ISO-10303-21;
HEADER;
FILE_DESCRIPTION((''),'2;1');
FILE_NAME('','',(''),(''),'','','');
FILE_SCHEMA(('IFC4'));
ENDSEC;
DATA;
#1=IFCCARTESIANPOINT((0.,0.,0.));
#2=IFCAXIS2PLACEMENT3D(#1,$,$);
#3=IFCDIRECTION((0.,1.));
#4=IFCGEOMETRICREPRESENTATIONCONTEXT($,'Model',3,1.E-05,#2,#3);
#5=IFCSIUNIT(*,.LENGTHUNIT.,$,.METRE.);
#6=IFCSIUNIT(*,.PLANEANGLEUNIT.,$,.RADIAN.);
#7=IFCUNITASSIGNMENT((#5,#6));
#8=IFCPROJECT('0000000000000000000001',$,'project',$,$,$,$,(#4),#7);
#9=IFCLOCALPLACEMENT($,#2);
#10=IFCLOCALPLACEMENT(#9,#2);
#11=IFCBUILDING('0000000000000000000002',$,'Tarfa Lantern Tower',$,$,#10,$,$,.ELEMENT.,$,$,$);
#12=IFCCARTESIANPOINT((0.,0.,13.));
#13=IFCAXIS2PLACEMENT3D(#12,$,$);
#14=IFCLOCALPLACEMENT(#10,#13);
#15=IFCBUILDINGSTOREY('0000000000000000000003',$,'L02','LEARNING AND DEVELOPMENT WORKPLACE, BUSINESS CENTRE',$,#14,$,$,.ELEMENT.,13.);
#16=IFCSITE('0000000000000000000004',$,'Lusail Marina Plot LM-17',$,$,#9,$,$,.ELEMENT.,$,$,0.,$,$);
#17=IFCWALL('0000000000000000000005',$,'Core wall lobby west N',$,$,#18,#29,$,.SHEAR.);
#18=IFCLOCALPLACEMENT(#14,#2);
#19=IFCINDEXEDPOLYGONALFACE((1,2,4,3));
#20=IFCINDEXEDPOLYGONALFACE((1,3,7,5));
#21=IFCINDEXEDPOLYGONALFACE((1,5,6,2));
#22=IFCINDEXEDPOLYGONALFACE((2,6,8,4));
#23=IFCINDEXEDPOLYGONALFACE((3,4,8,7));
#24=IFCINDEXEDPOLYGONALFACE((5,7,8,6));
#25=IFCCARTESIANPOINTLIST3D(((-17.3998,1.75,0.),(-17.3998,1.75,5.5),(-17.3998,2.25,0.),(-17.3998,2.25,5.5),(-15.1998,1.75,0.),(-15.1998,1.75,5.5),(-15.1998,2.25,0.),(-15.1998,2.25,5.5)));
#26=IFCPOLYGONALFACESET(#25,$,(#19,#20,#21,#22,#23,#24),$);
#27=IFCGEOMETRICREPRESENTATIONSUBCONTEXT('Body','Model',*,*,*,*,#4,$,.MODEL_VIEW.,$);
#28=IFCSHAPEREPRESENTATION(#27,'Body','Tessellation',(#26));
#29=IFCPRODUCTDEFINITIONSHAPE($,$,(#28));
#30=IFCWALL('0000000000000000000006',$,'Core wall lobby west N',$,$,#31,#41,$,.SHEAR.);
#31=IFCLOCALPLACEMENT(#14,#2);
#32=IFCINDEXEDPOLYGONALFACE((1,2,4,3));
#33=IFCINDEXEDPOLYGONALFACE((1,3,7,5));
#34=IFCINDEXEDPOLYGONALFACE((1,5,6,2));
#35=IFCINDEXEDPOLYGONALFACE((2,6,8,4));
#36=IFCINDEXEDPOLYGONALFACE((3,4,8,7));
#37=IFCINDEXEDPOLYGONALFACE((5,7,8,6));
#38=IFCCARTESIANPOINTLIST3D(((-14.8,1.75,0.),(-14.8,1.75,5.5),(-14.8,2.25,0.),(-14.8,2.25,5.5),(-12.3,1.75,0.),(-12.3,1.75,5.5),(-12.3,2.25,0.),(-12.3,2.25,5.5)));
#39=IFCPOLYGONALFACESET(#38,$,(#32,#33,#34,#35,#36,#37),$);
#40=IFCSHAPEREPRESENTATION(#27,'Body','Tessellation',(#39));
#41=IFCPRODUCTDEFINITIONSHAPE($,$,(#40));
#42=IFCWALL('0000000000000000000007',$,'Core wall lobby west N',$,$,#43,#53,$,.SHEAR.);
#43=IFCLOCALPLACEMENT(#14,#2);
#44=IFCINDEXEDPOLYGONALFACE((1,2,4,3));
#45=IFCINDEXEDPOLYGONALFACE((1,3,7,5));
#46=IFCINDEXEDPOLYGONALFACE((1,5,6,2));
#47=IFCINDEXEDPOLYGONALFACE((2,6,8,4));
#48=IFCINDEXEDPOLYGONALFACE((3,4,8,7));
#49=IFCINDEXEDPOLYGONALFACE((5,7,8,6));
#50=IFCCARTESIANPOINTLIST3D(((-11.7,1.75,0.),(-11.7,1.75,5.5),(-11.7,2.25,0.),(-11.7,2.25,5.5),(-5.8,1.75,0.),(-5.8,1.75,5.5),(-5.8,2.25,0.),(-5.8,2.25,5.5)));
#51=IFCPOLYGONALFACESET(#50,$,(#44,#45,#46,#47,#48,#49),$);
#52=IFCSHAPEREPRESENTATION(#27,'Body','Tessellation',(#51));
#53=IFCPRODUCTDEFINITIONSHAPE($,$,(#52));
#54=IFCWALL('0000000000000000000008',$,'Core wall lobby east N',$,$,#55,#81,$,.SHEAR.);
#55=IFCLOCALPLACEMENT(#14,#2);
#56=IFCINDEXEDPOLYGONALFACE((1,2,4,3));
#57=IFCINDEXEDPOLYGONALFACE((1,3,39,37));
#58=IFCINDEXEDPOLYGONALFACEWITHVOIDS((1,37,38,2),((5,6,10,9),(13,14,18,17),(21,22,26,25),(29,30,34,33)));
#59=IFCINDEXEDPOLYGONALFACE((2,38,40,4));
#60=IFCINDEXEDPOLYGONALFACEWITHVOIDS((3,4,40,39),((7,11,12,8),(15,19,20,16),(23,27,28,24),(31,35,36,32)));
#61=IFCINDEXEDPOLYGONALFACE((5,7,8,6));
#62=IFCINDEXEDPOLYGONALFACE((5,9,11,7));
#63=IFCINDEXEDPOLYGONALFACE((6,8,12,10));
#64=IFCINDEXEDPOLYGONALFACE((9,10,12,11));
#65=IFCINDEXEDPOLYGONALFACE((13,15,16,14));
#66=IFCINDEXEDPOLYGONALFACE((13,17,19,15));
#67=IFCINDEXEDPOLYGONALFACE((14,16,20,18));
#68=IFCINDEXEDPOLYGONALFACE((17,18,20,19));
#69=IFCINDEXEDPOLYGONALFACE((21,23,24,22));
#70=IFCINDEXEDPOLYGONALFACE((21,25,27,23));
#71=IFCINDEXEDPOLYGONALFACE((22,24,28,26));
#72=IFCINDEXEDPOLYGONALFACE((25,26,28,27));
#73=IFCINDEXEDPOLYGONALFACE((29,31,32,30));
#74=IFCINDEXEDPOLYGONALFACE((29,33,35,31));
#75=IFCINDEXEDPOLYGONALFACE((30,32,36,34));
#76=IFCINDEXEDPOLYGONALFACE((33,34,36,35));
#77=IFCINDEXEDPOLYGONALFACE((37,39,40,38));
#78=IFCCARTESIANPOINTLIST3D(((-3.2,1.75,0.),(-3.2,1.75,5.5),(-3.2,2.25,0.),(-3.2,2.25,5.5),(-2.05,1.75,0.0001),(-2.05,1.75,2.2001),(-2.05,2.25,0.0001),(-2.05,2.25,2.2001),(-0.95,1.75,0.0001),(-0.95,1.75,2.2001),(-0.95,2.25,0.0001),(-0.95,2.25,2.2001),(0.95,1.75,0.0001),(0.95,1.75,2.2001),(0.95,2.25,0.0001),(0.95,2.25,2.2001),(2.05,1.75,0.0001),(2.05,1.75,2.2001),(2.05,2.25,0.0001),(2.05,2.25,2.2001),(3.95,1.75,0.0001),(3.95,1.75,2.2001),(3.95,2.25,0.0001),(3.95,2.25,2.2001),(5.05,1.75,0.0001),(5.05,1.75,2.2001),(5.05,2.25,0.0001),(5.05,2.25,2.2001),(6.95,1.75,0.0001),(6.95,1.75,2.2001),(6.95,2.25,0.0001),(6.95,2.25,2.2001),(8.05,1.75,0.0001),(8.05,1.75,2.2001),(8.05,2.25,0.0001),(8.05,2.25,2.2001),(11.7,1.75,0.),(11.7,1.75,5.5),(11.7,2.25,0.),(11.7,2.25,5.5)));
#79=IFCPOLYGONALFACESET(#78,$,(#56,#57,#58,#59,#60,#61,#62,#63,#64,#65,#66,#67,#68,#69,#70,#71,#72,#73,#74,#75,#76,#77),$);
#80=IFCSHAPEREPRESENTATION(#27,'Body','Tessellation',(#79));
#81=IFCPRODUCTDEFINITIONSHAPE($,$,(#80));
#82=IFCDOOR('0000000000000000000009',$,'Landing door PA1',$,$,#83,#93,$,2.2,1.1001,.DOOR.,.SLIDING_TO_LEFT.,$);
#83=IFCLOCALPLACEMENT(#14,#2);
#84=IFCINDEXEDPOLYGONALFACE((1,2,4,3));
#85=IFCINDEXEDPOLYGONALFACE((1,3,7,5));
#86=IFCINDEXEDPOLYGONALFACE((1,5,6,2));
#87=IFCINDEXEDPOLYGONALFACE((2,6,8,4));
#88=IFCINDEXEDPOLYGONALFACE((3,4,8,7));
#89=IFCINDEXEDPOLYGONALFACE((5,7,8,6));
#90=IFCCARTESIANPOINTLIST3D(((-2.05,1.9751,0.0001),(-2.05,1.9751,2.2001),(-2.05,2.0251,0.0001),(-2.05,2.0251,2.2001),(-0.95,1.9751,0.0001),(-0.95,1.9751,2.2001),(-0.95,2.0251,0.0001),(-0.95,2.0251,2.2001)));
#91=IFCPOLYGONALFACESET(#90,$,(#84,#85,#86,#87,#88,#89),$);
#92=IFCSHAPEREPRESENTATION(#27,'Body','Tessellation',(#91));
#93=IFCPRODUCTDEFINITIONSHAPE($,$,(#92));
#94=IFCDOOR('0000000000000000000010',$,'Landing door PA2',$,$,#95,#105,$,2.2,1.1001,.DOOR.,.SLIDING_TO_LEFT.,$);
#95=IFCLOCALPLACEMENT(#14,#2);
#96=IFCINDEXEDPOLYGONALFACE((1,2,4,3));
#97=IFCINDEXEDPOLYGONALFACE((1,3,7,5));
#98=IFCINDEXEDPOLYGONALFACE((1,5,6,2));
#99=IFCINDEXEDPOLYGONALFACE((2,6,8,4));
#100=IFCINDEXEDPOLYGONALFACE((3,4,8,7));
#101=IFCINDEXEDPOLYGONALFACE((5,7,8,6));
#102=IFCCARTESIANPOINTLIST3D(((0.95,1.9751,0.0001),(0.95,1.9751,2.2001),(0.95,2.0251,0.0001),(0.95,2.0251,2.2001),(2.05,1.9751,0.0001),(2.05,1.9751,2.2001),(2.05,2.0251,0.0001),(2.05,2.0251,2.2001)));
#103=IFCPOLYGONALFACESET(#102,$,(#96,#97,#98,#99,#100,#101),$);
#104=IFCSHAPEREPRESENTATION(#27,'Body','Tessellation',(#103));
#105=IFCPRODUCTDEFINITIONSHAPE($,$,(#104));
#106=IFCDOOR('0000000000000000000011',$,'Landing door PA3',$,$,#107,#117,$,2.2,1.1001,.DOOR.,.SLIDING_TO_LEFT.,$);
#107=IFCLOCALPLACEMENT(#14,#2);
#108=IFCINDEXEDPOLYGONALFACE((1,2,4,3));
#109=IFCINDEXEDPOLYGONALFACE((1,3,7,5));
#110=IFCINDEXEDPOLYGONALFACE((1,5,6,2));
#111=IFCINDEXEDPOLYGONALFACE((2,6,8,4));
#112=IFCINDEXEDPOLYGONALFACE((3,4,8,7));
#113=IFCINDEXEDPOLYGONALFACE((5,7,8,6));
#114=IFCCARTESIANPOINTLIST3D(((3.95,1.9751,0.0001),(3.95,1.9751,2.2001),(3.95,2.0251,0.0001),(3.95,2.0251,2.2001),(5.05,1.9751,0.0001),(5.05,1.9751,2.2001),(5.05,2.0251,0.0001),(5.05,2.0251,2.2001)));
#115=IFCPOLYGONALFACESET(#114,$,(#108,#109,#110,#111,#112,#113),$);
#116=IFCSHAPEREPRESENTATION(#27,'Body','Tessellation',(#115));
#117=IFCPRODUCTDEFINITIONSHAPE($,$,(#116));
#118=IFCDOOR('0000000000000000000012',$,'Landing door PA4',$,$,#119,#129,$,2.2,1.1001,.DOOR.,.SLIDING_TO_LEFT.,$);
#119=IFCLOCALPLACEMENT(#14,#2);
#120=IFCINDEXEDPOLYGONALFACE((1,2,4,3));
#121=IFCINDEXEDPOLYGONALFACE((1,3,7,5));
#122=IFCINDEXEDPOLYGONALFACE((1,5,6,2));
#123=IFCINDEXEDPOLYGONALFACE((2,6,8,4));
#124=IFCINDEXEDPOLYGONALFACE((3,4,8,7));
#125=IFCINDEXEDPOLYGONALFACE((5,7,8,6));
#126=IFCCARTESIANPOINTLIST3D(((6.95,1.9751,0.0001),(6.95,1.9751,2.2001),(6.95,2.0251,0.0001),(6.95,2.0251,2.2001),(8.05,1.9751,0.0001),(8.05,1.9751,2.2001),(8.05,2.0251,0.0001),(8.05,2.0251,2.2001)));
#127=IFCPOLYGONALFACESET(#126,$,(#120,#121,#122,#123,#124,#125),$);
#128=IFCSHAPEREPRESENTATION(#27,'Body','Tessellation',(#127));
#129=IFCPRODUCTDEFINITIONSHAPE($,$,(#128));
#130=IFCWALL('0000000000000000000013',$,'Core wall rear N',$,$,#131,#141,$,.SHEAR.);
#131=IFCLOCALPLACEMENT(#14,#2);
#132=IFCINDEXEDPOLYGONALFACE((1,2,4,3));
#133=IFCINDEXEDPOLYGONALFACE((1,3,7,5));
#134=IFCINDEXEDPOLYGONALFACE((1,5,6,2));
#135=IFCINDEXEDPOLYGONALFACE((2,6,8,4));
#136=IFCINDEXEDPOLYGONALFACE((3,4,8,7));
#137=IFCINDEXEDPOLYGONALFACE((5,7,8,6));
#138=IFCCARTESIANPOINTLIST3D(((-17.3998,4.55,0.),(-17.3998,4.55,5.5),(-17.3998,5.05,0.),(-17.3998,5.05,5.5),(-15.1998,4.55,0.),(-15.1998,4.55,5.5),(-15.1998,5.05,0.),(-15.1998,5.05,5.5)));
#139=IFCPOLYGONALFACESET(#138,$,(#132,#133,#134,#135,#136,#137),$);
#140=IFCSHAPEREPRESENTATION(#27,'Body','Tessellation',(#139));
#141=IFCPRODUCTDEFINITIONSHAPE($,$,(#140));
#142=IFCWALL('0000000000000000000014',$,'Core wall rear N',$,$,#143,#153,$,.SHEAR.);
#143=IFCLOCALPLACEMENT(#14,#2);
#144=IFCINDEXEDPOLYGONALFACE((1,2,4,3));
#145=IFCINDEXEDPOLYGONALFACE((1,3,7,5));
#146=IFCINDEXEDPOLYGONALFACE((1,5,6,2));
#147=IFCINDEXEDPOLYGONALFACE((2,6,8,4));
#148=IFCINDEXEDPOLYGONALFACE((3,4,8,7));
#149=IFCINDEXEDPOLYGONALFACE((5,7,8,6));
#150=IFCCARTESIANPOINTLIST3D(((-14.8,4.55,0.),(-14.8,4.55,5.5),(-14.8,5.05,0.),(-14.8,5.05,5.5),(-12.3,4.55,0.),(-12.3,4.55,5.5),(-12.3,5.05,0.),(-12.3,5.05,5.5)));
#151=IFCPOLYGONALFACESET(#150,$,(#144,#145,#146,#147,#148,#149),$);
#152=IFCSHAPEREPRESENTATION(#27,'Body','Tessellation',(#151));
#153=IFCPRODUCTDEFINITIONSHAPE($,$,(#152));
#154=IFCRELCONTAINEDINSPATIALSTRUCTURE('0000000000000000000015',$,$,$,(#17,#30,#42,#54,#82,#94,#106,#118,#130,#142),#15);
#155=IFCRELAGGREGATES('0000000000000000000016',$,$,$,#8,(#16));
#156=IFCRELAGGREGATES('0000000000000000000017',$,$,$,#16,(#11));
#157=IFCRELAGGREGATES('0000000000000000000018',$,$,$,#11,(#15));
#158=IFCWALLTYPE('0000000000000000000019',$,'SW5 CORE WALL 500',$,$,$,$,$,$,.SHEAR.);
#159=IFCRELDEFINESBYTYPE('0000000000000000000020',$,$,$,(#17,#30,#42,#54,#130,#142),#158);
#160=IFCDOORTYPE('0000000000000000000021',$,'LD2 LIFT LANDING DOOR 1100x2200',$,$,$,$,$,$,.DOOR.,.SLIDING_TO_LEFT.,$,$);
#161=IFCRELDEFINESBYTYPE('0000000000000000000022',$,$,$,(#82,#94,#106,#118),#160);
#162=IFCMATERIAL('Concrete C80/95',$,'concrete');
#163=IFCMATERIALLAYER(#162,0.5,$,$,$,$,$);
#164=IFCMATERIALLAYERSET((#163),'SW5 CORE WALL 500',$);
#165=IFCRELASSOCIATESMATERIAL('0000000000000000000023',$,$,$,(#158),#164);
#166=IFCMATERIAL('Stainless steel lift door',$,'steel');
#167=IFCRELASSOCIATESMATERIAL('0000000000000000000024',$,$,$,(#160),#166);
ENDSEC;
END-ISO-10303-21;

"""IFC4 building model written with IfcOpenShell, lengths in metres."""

from ifc_helpers import new_model, si_unit, direction, frame, frame_2d, origin, place, context, subcontext, project, spatial, rectangle, extrude, material, layer, layer_set, type_object, element, fill, save


model = new_model("IFC4")

# Units and contexts
model_context = context("Model", 3, precision=1e-05, world=origin(), true_north=direction((0.0, 1.0)))
body_context = subcontext(model_context, "Body", "Model", "MODEL_VIEW")
ifc_project = project(units=[si_unit("LENGTHUNIT", "METRE"), si_unit("PLANEANGLEUNIT", "RADIAN")], contexts=[model_context])

# Site, building, storey
site_placement = place(None, origin())
site = spatial("IfcSite", under=ifc_project, at=site_placement, Name="Lusail Marina Plot LM-17", CompositionType="ELEMENT", RefElevation=0.0)
building_placement = place(site_placement, origin())
building = spatial("IfcBuilding", under=site, at=building_placement, Name="Tarfa Lantern Tower", CompositionType="ELEMENT")
storey_placement = place(building_placement, frame((0.0, 0.0, 13.0)))
storey = spatial("IfcBuildingStorey", under=building, at=storey_placement, Name="L02", Description="LEARNING AND DEVELOPMENT WORKPLACE, BUSINESS CENTRE", CompositionType="ELEMENT", Elevation=13.0)

# Walls
ifc_material_1 = material(Name="Concrete C80/95", Category="concrete")
ifc_layer_1 = layer(ifc_material_1, 0.5)
ifc_layer_set_1 = layer_set([ifc_layer_1], Name="SW5 CORE WALL 500")
wall_type_1 = type_object("IfcWallType", Name="SW5 CORE WALL 500", PredefinedType="SHEAR", material=ifc_layer_set_1)
wall_1_placement = place(storey_placement, frame((-17.3999, 2.0, 0.0), z_axis=(0.0, 0.0, 1.0), x_axis=(1.0, 0.0, 0.0)))
element("IfcWall", 1, at=wall_1_placement, inside=storey, type_object=wall_type_1, Name="Core wall lobby west N", PredefinedType="SHEAR", context=body_context, shape_type="SweptSolid", body=[
    extrude(rectangle(XDim=2.2, YDim=0.5, at=frame_2d((1.1001, 0.0))), origin(), (0.0, 0.0, 1.0), 5.5),
])
wall_2_placement = place(storey_placement, frame((-14.8, 2.0, 0.0), z_axis=(0.0, 0.0, 1.0), x_axis=(1.0, 0.0, 0.0)))
element("IfcWall", 2, at=wall_2_placement, inside=storey, type_object=wall_type_1, Name="Core wall lobby west N", PredefinedType="SHEAR", context=body_context, shape_type="SweptSolid", body=[
    extrude(rectangle(XDim=2.5, YDim=0.5, at=frame_2d((1.25, 0.0))), origin(), (0.0, 0.0, 1.0), 5.5),
])
wall_3_placement = place(storey_placement, frame((-11.7, 2.0, 0.0), z_axis=(0.0, 0.0, 1.0), x_axis=(1.0, 0.0, 0.0)))
element("IfcWall", 3, at=wall_3_placement, inside=storey, type_object=wall_type_1, Name="Core wall lobby west N", PredefinedType="SHEAR", context=body_context, shape_type="SweptSolid", body=[
    extrude(rectangle(XDim=5.8999, YDim=0.5, at=frame_2d((2.95, 0.0))), origin(), (0.0, 0.0, 1.0), 5.5),
])

# Wall, openings, doors
wall_4_placement = place(storey_placement, frame((-3.2, 2.0, 0.0), z_axis=(0.0, 0.0, 1.0), x_axis=(1.0, 0.0, 0.0)))
wall_4 = element("IfcWall", 4, at=wall_4_placement, inside=storey, type_object=wall_type_1, Name="Core wall lobby east N", PredefinedType="SHEAR", context=body_context, shape_type="SweptSolid", body=[
    extrude(rectangle(XDim=14.8999, YDim=0.5, at=frame_2d((7.45, 0.0))), origin(), (0.0, 0.0, 1.0), 5.5),
])
opening_1_placement = place(wall_4_placement, frame((1.1499, 0.0, 0.0)))
opening_1 = element("IfcOpeningElement", 5, at=opening_1_placement, cuts=wall_4, PredefinedType="OPENING", context=body_context, shape_type="SweptSolid", body=[
    extrude(rectangle(XDim=1.1001, YDim=2.2, at=frame_2d((0.55, 1.1001))), frame((0.0, 0.26, 0.0), z_axis=(0.0, -1.0, 0.0), x_axis=(1.0, 0.0, 0.0)), (0.0, 0.0, 1.0), 0.52),
])
opening_2_placement = place(wall_4_placement, frame((4.1499, 0.0, 0.0)))
opening_2 = element("IfcOpeningElement", 6, at=opening_2_placement, cuts=wall_4, PredefinedType="OPENING", context=body_context, shape_type="SweptSolid", body=[
    extrude(rectangle(XDim=1.1001, YDim=2.2, at=frame_2d((0.55, 1.1001))), frame((0.0, 0.26, 0.0), z_axis=(0.0, -1.0, 0.0), x_axis=(1.0, 0.0, 0.0)), (0.0, 0.0, 1.0), 0.52),
])
opening_3_placement = place(wall_4_placement, frame((7.1499, 0.0, 0.0)))
opening_3 = element("IfcOpeningElement", 7, at=opening_3_placement, cuts=wall_4, PredefinedType="OPENING", context=body_context, shape_type="SweptSolid", body=[
    extrude(rectangle(XDim=1.1001, YDim=2.2, at=frame_2d((0.55, 1.1001))), frame((0.0, 0.26, 0.0), z_axis=(0.0, -1.0, 0.0), x_axis=(1.0, 0.0, 0.0)), (0.0, 0.0, 1.0), 0.52),
])
opening_4_placement = place(wall_4_placement, frame((10.1499, 0.0, 0.0)))
opening_4 = element("IfcOpeningElement", 8, at=opening_4_placement, cuts=wall_4, PredefinedType="OPENING", context=body_context, shape_type="SweptSolid", body=[
    extrude(rectangle(XDim=1.1001, YDim=2.2, at=frame_2d((0.55, 1.1001))), frame((0.0, 0.26, 0.0), z_axis=(0.0, -1.0, 0.0), x_axis=(1.0, 0.0, 0.0)), (0.0, 0.0, 1.0), 0.52),
])
ifc_material_2 = material(Name="Stainless steel lift door", Category="steel")
door_type_1 = type_object("IfcDoorType", Name="LD2 LIFT LANDING DOOR 1100x2200", OperationType="SLIDING_TO_LEFT", PredefinedType="DOOR", material=ifc_material_2)
door_1_placement = place(opening_1_placement, frame((1.1001, 0.0, 0.0), z_axis=(0.0, 0.0, 1.0), x_axis=(-1.0, 0.0, 0.0)))
door_1 = element("IfcDoor", 9, at=door_1_placement, inside=storey, type_object=door_type_1, Name="Landing door PA1", OperationType="SLIDING_TO_LEFT", OverallHeight=2.2, OverallWidth=1.1001, PredefinedType="DOOR", context=body_context, shape_type="SweptSolid", body=[
    extrude(rectangle(XDim=1.1001, YDim=2.2, at=frame_2d((0.55, 1.1001))), frame((0.0, 0.0249, 0.0), z_axis=(0.0, -1.0, 0.0), x_axis=(1.0, 0.0, 0.0)), (0.0, 0.0, 1.0), 0.05),
])
fill(opening_1, door_1)
door_2_placement = place(opening_2_placement, frame((1.1001, 0.0, 0.0), z_axis=(0.0, 0.0, 1.0), x_axis=(-1.0, 0.0, 0.0)))
door_2 = element("IfcDoor", 10, at=door_2_placement, inside=storey, type_object=door_type_1, Name="Landing door PA2", OperationType="SLIDING_TO_LEFT", OverallHeight=2.2, OverallWidth=1.1001, PredefinedType="DOOR", context=body_context, shape_type="SweptSolid", body=[
    extrude(rectangle(XDim=1.1001, YDim=2.2, at=frame_2d((0.55, 1.1001))), frame((0.0, 0.0249, 0.0), z_axis=(0.0, -1.0, 0.0), x_axis=(1.0, 0.0, 0.0)), (0.0, 0.0, 1.0), 0.05),
])
fill(opening_2, door_2)
door_3_placement = place(opening_3_placement, frame((1.1001, 0.0, 0.0), z_axis=(0.0, 0.0, 1.0), x_axis=(-1.0, 0.0, 0.0)))
door_3 = element("IfcDoor", 11, at=door_3_placement, inside=storey, type_object=door_type_1, Name="Landing door PA3", OperationType="SLIDING_TO_LEFT", OverallHeight=2.2, OverallWidth=1.1001, PredefinedType="DOOR", context=body_context, shape_type="SweptSolid", body=[
    extrude(rectangle(XDim=1.1001, YDim=2.2, at=frame_2d((0.55, 1.1001))), frame((0.0, 0.0249, 0.0), z_axis=(0.0, -1.0, 0.0), x_axis=(1.0, 0.0, 0.0)), (0.0, 0.0, 1.0), 0.05),
])
fill(opening_3, door_3)
door_4_placement = place(opening_4_placement, frame((1.1001, 0.0, 0.0), z_axis=(0.0, 0.0, 1.0), x_axis=(-1.0, 0.0, 0.0)))
door_4 = element("IfcDoor", 12, at=door_4_placement, inside=storey, type_object=door_type_1, Name="Landing door PA4", OperationType="SLIDING_TO_LEFT", OverallHeight=2.2, OverallWidth=1.1001, PredefinedType="DOOR", context=body_context, shape_type="SweptSolid", body=[
    extrude(rectangle(XDim=1.1001, YDim=2.2, at=frame_2d((0.55, 1.1001))), frame((0.0, 0.0249, 0.0), z_axis=(0.0, -1.0, 0.0), x_axis=(1.0, 0.0, 0.0)), (0.0, 0.0, 1.0), 0.05),
])
fill(opening_4, door_4)

# Walls
wall_5_placement = place(storey_placement, frame((-17.3999, 4.8, 0.0), z_axis=(0.0, 0.0, 1.0), x_axis=(1.0, 0.0, 0.0)))
element("IfcWall", 13, at=wall_5_placement, inside=storey, type_object=wall_type_1, Name="Core wall rear N", PredefinedType="SHEAR", context=body_context, shape_type="SweptSolid", body=[
    extrude(rectangle(XDim=2.2, YDim=0.5, at=frame_2d((1.1001, 0.0))), origin(), (0.0, 0.0, 1.0), 5.5),
])
wall_6_placement = place(storey_placement, frame((-14.8, 4.8, 0.0), z_axis=(0.0, 0.0, 1.0), x_axis=(1.0, 0.0, 0.0)))
element("IfcWall", 14, at=wall_6_placement, inside=storey, type_object=wall_type_1, Name="Core wall rear N", PredefinedType="SHEAR", context=body_context, shape_type="SweptSolid", body=[
    extrude(rectangle(XDim=2.5, YDim=0.5, at=frame_2d((1.25, 0.0))), origin(), (0.0, 0.0, 1.0), 5.5),
])

save(model, "model.ifc")
